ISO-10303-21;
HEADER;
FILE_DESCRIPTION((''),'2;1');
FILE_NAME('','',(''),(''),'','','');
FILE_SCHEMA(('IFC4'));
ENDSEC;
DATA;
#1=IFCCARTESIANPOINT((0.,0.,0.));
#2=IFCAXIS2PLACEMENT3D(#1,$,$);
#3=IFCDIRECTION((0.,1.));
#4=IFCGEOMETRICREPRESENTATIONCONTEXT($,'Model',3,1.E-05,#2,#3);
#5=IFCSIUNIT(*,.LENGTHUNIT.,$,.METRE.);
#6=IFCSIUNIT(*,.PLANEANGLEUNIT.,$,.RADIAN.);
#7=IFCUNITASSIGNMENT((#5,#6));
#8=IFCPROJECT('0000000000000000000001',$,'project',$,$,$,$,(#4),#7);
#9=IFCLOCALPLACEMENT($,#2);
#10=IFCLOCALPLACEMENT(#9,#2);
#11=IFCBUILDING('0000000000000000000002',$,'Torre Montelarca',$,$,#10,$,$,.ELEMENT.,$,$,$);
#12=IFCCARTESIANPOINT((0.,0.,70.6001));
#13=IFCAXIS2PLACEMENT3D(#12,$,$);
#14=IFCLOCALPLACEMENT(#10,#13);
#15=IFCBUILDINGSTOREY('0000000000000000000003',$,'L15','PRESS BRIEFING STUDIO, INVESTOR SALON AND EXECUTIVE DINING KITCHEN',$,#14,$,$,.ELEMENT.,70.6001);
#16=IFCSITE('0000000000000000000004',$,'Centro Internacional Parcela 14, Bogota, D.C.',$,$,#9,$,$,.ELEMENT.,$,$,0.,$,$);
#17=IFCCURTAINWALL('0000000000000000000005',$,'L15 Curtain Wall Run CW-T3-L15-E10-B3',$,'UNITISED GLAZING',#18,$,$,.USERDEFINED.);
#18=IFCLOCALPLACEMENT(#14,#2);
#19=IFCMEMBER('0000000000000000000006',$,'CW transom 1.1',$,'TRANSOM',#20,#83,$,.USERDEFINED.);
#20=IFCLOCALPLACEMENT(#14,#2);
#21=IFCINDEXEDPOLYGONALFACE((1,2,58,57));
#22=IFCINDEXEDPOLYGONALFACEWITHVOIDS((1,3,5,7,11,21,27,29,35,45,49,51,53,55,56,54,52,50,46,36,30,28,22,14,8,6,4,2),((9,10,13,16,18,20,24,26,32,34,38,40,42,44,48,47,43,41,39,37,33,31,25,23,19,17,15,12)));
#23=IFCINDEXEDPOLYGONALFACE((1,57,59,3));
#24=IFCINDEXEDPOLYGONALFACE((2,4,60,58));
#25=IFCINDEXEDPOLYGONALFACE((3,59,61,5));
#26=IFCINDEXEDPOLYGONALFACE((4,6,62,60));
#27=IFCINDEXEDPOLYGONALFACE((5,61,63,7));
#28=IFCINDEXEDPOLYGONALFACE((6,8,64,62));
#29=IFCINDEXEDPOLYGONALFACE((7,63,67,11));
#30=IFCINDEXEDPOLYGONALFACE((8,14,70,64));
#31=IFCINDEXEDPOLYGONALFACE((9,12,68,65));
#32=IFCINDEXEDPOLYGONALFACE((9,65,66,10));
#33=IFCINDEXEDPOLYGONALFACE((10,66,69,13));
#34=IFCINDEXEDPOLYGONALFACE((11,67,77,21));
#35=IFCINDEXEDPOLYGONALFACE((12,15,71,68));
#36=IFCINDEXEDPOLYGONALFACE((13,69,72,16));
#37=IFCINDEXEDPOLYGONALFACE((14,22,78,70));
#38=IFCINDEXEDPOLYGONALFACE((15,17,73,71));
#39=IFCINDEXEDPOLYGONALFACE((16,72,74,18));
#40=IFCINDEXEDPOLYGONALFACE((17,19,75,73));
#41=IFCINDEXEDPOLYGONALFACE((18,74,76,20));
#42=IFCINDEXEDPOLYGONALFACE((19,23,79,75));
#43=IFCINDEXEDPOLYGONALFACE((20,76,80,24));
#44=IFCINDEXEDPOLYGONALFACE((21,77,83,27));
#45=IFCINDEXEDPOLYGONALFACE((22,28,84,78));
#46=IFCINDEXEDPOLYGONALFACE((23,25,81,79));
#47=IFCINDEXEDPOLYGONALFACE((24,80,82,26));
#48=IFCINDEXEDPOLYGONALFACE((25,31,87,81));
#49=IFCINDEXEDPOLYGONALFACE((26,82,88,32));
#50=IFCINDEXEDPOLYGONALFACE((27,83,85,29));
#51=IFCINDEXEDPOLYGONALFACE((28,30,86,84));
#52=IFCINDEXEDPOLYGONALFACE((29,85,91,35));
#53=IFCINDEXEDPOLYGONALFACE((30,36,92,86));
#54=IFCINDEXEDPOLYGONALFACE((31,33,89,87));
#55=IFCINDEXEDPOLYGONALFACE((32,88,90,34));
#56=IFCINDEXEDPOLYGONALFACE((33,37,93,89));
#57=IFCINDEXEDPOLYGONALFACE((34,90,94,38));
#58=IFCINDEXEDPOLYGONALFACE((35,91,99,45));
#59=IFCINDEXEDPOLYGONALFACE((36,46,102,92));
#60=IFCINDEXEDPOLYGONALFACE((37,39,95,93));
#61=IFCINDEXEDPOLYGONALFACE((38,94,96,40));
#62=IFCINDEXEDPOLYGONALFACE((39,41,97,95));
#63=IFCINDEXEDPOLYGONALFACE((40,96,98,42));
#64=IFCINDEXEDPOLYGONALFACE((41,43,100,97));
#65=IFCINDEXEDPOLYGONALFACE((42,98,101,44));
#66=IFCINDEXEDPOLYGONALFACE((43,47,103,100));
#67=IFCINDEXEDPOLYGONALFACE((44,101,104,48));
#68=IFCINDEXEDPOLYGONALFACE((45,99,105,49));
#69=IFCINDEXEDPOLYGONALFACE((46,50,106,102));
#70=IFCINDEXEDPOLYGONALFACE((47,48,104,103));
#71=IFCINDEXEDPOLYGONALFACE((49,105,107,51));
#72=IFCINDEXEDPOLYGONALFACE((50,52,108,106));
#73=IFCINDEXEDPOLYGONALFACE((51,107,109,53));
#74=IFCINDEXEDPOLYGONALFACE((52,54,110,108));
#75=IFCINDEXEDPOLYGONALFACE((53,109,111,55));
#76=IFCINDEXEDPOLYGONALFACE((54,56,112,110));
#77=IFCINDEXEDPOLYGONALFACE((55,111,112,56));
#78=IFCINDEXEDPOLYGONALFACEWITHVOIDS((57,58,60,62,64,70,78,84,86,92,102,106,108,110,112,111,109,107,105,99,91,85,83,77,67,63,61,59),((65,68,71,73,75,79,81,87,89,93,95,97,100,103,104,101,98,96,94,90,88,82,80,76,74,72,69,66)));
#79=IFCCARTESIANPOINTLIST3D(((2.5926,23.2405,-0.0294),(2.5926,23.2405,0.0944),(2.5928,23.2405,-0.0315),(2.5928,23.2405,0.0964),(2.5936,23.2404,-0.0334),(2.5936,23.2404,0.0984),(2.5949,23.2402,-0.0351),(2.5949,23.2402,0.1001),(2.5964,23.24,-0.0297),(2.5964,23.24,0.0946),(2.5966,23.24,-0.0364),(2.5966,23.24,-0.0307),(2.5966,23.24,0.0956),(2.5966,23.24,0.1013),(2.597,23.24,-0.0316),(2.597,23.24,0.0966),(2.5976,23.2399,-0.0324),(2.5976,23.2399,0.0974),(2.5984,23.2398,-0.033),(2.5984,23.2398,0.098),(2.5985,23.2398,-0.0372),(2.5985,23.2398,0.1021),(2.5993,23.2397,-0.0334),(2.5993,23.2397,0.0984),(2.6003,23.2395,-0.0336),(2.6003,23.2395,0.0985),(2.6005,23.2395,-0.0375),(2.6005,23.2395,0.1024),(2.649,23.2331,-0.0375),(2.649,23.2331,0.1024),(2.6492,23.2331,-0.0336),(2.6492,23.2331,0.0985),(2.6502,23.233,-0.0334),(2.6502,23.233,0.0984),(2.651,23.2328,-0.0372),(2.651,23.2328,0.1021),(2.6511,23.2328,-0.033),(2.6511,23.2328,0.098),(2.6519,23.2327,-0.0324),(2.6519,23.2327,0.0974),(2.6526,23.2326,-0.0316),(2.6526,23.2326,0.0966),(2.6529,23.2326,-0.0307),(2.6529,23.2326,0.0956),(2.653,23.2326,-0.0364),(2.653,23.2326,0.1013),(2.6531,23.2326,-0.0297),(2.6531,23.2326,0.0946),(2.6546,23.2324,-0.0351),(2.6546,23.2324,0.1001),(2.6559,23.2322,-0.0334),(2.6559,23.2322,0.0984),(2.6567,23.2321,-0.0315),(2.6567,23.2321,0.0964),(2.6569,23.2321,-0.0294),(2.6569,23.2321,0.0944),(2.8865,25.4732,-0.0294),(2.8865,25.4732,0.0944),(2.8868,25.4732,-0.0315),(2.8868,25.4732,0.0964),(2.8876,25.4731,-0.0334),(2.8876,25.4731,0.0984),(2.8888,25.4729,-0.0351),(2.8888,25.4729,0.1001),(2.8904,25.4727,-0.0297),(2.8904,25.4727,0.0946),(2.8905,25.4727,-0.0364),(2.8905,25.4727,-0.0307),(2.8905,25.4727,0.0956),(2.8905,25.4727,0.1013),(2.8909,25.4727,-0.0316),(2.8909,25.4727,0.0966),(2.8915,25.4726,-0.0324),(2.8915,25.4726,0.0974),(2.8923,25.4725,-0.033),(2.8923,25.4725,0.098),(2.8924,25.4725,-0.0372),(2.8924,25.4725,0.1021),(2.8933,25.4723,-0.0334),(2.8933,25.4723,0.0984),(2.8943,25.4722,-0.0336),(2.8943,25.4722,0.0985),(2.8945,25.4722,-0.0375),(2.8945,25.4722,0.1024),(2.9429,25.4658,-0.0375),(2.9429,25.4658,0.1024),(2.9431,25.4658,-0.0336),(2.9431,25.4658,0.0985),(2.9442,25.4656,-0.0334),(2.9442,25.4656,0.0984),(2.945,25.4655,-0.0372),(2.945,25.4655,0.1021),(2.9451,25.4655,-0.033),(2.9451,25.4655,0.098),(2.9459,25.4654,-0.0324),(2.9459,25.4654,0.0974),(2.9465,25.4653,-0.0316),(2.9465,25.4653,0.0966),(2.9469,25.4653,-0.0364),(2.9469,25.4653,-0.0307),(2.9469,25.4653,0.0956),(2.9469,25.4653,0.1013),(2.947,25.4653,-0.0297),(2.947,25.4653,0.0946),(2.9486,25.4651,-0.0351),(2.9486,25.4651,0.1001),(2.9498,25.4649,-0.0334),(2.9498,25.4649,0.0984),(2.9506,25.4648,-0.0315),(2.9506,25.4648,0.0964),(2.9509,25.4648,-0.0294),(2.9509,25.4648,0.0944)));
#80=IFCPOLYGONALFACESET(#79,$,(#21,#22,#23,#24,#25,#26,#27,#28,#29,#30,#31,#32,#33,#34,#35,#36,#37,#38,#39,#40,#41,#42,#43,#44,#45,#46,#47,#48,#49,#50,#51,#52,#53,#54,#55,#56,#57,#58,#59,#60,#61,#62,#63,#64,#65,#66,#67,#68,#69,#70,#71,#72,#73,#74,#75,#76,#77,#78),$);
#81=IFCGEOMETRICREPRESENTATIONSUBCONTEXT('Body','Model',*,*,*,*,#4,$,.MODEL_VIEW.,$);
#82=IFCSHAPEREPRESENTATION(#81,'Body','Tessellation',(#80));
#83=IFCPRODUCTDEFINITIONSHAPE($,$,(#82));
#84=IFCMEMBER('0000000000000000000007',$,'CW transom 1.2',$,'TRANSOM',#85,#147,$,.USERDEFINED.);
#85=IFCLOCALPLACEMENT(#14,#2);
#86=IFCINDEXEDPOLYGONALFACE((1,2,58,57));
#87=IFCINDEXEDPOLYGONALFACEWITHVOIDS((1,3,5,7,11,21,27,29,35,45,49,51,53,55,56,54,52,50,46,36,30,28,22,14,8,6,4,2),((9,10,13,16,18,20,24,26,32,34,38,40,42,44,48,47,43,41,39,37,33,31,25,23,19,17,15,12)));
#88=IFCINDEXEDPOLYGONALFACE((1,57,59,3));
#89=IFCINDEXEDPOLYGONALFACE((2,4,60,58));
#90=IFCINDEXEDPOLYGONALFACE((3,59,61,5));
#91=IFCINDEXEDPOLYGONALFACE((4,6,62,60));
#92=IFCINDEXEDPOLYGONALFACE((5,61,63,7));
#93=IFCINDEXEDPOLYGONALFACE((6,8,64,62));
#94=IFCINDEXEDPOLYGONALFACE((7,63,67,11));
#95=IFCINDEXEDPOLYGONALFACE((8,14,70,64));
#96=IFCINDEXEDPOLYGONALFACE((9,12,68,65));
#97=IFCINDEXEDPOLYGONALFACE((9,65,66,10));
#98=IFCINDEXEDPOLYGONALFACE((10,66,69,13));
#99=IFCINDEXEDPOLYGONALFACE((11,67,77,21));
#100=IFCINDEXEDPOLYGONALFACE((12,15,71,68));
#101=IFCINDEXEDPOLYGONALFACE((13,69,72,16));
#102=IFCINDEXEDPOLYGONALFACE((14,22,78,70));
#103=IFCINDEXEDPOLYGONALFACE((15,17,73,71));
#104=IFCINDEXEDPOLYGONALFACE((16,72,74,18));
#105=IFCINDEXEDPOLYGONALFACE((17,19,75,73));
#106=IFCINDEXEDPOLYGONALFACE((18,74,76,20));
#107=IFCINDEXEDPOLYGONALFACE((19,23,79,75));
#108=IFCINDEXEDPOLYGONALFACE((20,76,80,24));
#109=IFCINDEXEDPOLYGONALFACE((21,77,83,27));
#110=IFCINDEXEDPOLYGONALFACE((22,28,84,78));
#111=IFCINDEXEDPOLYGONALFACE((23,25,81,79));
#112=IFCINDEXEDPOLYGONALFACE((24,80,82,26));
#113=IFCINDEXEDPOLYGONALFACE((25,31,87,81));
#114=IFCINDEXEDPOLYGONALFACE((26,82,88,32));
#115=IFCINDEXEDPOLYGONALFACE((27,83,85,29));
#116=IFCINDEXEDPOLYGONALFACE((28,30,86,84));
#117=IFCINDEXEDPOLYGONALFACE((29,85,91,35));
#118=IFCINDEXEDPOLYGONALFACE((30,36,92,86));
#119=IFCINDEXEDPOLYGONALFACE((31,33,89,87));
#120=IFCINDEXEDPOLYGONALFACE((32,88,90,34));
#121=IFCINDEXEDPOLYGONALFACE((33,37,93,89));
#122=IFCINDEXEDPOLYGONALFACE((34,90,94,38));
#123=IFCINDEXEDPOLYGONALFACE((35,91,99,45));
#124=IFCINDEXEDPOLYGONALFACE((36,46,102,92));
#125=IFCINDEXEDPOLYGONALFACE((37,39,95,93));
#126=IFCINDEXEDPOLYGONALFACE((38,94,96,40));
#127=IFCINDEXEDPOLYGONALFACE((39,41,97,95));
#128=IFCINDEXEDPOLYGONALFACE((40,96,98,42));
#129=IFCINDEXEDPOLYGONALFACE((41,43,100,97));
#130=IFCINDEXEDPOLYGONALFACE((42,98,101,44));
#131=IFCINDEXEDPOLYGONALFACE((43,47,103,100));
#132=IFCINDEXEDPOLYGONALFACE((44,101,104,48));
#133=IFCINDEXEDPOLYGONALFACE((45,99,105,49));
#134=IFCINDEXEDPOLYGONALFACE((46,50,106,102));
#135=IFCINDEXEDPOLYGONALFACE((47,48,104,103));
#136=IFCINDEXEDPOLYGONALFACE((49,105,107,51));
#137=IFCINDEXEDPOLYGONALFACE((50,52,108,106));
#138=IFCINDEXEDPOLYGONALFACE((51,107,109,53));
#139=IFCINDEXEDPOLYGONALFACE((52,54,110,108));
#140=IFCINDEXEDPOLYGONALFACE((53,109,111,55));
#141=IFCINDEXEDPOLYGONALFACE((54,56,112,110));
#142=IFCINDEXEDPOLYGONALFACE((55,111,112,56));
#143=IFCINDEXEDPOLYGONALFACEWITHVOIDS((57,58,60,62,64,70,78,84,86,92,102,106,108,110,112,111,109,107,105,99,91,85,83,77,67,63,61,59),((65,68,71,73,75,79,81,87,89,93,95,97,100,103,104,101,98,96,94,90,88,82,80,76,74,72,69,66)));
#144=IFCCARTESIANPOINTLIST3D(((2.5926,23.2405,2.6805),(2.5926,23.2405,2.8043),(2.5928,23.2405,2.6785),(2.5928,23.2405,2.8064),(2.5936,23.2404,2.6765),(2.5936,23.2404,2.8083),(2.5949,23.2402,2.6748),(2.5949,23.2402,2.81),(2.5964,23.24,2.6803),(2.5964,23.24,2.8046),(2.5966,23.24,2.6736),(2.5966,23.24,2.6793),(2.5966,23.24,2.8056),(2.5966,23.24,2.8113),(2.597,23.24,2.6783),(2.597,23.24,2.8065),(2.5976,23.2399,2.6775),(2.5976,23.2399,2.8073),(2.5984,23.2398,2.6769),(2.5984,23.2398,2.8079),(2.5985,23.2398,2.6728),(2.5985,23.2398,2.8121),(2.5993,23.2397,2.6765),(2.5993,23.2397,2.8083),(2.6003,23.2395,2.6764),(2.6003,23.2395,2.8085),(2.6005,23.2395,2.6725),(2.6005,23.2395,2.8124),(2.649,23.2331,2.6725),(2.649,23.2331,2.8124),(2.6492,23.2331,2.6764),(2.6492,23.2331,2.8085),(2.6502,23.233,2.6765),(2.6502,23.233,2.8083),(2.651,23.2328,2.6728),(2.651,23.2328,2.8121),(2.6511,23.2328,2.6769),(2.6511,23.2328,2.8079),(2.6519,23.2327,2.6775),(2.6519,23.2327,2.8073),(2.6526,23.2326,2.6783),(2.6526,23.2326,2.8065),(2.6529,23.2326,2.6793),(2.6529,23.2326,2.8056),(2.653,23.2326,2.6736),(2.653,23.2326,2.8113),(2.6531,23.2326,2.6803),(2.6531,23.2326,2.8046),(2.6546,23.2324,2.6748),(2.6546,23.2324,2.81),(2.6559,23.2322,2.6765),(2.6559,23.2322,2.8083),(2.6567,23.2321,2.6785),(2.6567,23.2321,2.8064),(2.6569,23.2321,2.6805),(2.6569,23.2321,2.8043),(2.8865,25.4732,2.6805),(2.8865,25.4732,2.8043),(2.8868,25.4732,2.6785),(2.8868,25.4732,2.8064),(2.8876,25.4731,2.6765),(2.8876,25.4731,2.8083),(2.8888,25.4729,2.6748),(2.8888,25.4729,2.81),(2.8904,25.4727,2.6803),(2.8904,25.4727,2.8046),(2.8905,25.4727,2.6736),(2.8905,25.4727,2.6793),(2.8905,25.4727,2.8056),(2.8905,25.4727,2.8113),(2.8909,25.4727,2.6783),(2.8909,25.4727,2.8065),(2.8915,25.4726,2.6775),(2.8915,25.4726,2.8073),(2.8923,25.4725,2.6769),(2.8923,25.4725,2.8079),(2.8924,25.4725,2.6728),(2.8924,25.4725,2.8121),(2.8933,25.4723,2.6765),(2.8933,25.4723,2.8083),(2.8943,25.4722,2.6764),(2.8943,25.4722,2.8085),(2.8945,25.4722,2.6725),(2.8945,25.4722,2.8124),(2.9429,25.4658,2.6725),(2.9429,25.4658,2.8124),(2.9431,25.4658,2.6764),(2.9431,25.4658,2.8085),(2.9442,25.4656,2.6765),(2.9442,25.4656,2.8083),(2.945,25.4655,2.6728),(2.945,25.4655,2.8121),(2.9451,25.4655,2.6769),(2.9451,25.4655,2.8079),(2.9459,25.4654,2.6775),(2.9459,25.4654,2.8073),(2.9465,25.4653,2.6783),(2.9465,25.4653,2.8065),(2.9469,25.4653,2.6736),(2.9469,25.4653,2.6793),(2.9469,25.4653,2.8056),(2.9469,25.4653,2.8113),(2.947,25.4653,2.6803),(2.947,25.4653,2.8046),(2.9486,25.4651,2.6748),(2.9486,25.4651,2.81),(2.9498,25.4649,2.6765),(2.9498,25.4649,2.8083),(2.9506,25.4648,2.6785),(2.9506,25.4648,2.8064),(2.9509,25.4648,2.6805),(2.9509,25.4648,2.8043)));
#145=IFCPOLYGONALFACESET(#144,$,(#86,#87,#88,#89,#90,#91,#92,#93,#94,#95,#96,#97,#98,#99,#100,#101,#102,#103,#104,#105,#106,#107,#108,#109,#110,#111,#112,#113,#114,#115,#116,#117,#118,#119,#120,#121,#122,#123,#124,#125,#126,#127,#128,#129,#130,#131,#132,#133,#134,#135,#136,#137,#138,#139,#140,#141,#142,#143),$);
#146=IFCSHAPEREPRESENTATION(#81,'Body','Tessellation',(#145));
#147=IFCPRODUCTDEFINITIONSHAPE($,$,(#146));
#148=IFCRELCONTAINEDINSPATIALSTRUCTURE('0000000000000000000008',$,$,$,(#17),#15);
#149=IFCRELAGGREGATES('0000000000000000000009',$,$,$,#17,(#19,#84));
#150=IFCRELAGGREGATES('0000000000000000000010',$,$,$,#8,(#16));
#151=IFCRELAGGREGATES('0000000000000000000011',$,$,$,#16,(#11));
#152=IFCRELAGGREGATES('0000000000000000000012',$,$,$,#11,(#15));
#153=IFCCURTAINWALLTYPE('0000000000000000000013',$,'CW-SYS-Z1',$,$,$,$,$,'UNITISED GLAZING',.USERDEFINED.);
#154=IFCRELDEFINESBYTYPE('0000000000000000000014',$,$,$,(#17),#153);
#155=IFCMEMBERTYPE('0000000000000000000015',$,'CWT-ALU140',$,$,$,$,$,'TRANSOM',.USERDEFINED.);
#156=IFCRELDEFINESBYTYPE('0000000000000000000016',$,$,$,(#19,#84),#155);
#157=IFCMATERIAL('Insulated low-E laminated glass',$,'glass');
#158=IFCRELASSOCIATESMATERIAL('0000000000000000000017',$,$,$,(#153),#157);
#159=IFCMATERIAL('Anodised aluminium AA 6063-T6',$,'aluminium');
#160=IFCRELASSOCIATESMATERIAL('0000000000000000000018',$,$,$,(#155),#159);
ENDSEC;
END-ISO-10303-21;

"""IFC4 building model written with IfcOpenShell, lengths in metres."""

from ifc_helpers import new_model, si_unit, direction, frame, origin, origin_2d, place, context, subcontext, project, spatial, hollow_rectangle, extrude, source, transform, mapped, material, material_profile, profile_set, type_object, element, aggregate, save


model = new_model("IFC4")

# Units and contexts
model_context = context("Model", 3, precision=1e-05, world=origin(), true_north=direction((0.0, 1.0)))
body_context = subcontext(model_context, "Body", "Model", "MODEL_VIEW")
ifc_project = project(units=[si_unit("LENGTHUNIT", "METRE"), si_unit("PLANEANGLEUNIT", "RADIAN")], contexts=[model_context])

# Site, building, storey
site_placement = place(None, origin())
site = spatial("IfcSite", under=ifc_project, at=site_placement, Name="Centro Internacional Parcela 14, Bogota, D.C.", CompositionType="ELEMENT", RefElevation=0.0)
building_placement = place(site_placement, origin())
building = spatial("IfcBuilding", under=site, at=building_placement, Name="Torre Montelarca", CompositionType="ELEMENT")
storey_placement = place(building_placement, frame((0.0, 0.0, 70.6001)))
storey = spatial("IfcBuildingStorey", under=building, at=storey_placement, Name="L15", Description="PRESS BRIEFING STUDIO, INVESTOR SALON AND EXECUTIVE DINING KITCHEN", CompositionType="ELEMENT", Elevation=70.6001)

# Curtain wall, members
ifc_material_1 = material(Name="Insulated low-E laminated glass", Category="glass")
curtain_wall_type = type_object("IfcCurtainWallType", Name="CW-SYS-Z1", ElementType="UNITISED GLAZING", PredefinedType="USERDEFINED", material=ifc_material_1)
curtain_wall_1_placement = place(storey_placement, origin())
curtain_wall_1 = element("IfcCurtainWall", 1, at=curtain_wall_1_placement, inside=storey, type_object=curtain_wall_type, Name="L15 Curtain Wall Run CW-T3-L15-E10-B3", ObjectType="UNITISED GLAZING", PredefinedType="USERDEFINED")
ifc_material_2 = material(Name="Anodised aluminium AA 6063-T6", Category="aluminium")
ifc_material_profile_1 = material_profile(ifc_material_2, hollow_rectangle(XDim=0.0649, YDim=0.1399, WallThickness=0.0039, InnerFilletRadius=0.0039, OuterFilletRadius=0.0081, at=origin_2d()), Name="ALU65X140X4", Category="aluminium")
ifc_profile_set_1 = profile_set([ifc_material_profile_1], Name="Anodised aluminium AA 6063-T6")
member_type_1 = type_object("IfcMemberType", Name="CWT-ALU140", ElementType="TRANSOM", PredefinedType="USERDEFINED", material=ifc_profile_set_1)
shared_shape_1 = source(origin(), body_context, "Body", "SweptSolid", [
    extrude(hollow_rectangle(XDim=0.0649, YDim=0.1399, WallThickness=0.0039, InnerFilletRadius=0.0039, OuterFilletRadius=0.0081, at=origin_2d()), origin(), (0.0, 0.0, 1.0), 2.252),
])
member_1_placement = place(storey_placement, frame((2.9187, 25.469, 0.0325), z_axis=(-0.13053, -0.991444, 0.0), x_axis=(0.991444, -0.13053, 0.0)))
member_1 = element("IfcMember", 2, at=member_1_placement, type_object=member_type_1, Name="CW transom 1.1", ObjectType="TRANSOM", PredefinedType="USERDEFINED", context=body_context, shape_type="MappedRepresentation", body=[
    mapped(shared_shape_1, transform((0.0, 0.0, 0.0), scale=1.0)),
])
member_2_placement = place(storey_placement, frame((2.9187, 25.469, 2.7424), z_axis=(-0.13053, -0.991444, 0.0), x_axis=(0.991444, -0.13053, 0.0)))
member_2 = element("IfcMember", 3, at=member_2_placement, type_object=member_type_1, Name="CW transom 1.2", ObjectType="TRANSOM", PredefinedType="USERDEFINED", context=body_context, shape_type="MappedRepresentation", body=[
    mapped(shared_shape_1, transform((0.0, 0.0, 0.0), scale=1.0)),
])

aggregate(curtain_wall_1, [member_1, member_2])

save(model, "model.ifc")
